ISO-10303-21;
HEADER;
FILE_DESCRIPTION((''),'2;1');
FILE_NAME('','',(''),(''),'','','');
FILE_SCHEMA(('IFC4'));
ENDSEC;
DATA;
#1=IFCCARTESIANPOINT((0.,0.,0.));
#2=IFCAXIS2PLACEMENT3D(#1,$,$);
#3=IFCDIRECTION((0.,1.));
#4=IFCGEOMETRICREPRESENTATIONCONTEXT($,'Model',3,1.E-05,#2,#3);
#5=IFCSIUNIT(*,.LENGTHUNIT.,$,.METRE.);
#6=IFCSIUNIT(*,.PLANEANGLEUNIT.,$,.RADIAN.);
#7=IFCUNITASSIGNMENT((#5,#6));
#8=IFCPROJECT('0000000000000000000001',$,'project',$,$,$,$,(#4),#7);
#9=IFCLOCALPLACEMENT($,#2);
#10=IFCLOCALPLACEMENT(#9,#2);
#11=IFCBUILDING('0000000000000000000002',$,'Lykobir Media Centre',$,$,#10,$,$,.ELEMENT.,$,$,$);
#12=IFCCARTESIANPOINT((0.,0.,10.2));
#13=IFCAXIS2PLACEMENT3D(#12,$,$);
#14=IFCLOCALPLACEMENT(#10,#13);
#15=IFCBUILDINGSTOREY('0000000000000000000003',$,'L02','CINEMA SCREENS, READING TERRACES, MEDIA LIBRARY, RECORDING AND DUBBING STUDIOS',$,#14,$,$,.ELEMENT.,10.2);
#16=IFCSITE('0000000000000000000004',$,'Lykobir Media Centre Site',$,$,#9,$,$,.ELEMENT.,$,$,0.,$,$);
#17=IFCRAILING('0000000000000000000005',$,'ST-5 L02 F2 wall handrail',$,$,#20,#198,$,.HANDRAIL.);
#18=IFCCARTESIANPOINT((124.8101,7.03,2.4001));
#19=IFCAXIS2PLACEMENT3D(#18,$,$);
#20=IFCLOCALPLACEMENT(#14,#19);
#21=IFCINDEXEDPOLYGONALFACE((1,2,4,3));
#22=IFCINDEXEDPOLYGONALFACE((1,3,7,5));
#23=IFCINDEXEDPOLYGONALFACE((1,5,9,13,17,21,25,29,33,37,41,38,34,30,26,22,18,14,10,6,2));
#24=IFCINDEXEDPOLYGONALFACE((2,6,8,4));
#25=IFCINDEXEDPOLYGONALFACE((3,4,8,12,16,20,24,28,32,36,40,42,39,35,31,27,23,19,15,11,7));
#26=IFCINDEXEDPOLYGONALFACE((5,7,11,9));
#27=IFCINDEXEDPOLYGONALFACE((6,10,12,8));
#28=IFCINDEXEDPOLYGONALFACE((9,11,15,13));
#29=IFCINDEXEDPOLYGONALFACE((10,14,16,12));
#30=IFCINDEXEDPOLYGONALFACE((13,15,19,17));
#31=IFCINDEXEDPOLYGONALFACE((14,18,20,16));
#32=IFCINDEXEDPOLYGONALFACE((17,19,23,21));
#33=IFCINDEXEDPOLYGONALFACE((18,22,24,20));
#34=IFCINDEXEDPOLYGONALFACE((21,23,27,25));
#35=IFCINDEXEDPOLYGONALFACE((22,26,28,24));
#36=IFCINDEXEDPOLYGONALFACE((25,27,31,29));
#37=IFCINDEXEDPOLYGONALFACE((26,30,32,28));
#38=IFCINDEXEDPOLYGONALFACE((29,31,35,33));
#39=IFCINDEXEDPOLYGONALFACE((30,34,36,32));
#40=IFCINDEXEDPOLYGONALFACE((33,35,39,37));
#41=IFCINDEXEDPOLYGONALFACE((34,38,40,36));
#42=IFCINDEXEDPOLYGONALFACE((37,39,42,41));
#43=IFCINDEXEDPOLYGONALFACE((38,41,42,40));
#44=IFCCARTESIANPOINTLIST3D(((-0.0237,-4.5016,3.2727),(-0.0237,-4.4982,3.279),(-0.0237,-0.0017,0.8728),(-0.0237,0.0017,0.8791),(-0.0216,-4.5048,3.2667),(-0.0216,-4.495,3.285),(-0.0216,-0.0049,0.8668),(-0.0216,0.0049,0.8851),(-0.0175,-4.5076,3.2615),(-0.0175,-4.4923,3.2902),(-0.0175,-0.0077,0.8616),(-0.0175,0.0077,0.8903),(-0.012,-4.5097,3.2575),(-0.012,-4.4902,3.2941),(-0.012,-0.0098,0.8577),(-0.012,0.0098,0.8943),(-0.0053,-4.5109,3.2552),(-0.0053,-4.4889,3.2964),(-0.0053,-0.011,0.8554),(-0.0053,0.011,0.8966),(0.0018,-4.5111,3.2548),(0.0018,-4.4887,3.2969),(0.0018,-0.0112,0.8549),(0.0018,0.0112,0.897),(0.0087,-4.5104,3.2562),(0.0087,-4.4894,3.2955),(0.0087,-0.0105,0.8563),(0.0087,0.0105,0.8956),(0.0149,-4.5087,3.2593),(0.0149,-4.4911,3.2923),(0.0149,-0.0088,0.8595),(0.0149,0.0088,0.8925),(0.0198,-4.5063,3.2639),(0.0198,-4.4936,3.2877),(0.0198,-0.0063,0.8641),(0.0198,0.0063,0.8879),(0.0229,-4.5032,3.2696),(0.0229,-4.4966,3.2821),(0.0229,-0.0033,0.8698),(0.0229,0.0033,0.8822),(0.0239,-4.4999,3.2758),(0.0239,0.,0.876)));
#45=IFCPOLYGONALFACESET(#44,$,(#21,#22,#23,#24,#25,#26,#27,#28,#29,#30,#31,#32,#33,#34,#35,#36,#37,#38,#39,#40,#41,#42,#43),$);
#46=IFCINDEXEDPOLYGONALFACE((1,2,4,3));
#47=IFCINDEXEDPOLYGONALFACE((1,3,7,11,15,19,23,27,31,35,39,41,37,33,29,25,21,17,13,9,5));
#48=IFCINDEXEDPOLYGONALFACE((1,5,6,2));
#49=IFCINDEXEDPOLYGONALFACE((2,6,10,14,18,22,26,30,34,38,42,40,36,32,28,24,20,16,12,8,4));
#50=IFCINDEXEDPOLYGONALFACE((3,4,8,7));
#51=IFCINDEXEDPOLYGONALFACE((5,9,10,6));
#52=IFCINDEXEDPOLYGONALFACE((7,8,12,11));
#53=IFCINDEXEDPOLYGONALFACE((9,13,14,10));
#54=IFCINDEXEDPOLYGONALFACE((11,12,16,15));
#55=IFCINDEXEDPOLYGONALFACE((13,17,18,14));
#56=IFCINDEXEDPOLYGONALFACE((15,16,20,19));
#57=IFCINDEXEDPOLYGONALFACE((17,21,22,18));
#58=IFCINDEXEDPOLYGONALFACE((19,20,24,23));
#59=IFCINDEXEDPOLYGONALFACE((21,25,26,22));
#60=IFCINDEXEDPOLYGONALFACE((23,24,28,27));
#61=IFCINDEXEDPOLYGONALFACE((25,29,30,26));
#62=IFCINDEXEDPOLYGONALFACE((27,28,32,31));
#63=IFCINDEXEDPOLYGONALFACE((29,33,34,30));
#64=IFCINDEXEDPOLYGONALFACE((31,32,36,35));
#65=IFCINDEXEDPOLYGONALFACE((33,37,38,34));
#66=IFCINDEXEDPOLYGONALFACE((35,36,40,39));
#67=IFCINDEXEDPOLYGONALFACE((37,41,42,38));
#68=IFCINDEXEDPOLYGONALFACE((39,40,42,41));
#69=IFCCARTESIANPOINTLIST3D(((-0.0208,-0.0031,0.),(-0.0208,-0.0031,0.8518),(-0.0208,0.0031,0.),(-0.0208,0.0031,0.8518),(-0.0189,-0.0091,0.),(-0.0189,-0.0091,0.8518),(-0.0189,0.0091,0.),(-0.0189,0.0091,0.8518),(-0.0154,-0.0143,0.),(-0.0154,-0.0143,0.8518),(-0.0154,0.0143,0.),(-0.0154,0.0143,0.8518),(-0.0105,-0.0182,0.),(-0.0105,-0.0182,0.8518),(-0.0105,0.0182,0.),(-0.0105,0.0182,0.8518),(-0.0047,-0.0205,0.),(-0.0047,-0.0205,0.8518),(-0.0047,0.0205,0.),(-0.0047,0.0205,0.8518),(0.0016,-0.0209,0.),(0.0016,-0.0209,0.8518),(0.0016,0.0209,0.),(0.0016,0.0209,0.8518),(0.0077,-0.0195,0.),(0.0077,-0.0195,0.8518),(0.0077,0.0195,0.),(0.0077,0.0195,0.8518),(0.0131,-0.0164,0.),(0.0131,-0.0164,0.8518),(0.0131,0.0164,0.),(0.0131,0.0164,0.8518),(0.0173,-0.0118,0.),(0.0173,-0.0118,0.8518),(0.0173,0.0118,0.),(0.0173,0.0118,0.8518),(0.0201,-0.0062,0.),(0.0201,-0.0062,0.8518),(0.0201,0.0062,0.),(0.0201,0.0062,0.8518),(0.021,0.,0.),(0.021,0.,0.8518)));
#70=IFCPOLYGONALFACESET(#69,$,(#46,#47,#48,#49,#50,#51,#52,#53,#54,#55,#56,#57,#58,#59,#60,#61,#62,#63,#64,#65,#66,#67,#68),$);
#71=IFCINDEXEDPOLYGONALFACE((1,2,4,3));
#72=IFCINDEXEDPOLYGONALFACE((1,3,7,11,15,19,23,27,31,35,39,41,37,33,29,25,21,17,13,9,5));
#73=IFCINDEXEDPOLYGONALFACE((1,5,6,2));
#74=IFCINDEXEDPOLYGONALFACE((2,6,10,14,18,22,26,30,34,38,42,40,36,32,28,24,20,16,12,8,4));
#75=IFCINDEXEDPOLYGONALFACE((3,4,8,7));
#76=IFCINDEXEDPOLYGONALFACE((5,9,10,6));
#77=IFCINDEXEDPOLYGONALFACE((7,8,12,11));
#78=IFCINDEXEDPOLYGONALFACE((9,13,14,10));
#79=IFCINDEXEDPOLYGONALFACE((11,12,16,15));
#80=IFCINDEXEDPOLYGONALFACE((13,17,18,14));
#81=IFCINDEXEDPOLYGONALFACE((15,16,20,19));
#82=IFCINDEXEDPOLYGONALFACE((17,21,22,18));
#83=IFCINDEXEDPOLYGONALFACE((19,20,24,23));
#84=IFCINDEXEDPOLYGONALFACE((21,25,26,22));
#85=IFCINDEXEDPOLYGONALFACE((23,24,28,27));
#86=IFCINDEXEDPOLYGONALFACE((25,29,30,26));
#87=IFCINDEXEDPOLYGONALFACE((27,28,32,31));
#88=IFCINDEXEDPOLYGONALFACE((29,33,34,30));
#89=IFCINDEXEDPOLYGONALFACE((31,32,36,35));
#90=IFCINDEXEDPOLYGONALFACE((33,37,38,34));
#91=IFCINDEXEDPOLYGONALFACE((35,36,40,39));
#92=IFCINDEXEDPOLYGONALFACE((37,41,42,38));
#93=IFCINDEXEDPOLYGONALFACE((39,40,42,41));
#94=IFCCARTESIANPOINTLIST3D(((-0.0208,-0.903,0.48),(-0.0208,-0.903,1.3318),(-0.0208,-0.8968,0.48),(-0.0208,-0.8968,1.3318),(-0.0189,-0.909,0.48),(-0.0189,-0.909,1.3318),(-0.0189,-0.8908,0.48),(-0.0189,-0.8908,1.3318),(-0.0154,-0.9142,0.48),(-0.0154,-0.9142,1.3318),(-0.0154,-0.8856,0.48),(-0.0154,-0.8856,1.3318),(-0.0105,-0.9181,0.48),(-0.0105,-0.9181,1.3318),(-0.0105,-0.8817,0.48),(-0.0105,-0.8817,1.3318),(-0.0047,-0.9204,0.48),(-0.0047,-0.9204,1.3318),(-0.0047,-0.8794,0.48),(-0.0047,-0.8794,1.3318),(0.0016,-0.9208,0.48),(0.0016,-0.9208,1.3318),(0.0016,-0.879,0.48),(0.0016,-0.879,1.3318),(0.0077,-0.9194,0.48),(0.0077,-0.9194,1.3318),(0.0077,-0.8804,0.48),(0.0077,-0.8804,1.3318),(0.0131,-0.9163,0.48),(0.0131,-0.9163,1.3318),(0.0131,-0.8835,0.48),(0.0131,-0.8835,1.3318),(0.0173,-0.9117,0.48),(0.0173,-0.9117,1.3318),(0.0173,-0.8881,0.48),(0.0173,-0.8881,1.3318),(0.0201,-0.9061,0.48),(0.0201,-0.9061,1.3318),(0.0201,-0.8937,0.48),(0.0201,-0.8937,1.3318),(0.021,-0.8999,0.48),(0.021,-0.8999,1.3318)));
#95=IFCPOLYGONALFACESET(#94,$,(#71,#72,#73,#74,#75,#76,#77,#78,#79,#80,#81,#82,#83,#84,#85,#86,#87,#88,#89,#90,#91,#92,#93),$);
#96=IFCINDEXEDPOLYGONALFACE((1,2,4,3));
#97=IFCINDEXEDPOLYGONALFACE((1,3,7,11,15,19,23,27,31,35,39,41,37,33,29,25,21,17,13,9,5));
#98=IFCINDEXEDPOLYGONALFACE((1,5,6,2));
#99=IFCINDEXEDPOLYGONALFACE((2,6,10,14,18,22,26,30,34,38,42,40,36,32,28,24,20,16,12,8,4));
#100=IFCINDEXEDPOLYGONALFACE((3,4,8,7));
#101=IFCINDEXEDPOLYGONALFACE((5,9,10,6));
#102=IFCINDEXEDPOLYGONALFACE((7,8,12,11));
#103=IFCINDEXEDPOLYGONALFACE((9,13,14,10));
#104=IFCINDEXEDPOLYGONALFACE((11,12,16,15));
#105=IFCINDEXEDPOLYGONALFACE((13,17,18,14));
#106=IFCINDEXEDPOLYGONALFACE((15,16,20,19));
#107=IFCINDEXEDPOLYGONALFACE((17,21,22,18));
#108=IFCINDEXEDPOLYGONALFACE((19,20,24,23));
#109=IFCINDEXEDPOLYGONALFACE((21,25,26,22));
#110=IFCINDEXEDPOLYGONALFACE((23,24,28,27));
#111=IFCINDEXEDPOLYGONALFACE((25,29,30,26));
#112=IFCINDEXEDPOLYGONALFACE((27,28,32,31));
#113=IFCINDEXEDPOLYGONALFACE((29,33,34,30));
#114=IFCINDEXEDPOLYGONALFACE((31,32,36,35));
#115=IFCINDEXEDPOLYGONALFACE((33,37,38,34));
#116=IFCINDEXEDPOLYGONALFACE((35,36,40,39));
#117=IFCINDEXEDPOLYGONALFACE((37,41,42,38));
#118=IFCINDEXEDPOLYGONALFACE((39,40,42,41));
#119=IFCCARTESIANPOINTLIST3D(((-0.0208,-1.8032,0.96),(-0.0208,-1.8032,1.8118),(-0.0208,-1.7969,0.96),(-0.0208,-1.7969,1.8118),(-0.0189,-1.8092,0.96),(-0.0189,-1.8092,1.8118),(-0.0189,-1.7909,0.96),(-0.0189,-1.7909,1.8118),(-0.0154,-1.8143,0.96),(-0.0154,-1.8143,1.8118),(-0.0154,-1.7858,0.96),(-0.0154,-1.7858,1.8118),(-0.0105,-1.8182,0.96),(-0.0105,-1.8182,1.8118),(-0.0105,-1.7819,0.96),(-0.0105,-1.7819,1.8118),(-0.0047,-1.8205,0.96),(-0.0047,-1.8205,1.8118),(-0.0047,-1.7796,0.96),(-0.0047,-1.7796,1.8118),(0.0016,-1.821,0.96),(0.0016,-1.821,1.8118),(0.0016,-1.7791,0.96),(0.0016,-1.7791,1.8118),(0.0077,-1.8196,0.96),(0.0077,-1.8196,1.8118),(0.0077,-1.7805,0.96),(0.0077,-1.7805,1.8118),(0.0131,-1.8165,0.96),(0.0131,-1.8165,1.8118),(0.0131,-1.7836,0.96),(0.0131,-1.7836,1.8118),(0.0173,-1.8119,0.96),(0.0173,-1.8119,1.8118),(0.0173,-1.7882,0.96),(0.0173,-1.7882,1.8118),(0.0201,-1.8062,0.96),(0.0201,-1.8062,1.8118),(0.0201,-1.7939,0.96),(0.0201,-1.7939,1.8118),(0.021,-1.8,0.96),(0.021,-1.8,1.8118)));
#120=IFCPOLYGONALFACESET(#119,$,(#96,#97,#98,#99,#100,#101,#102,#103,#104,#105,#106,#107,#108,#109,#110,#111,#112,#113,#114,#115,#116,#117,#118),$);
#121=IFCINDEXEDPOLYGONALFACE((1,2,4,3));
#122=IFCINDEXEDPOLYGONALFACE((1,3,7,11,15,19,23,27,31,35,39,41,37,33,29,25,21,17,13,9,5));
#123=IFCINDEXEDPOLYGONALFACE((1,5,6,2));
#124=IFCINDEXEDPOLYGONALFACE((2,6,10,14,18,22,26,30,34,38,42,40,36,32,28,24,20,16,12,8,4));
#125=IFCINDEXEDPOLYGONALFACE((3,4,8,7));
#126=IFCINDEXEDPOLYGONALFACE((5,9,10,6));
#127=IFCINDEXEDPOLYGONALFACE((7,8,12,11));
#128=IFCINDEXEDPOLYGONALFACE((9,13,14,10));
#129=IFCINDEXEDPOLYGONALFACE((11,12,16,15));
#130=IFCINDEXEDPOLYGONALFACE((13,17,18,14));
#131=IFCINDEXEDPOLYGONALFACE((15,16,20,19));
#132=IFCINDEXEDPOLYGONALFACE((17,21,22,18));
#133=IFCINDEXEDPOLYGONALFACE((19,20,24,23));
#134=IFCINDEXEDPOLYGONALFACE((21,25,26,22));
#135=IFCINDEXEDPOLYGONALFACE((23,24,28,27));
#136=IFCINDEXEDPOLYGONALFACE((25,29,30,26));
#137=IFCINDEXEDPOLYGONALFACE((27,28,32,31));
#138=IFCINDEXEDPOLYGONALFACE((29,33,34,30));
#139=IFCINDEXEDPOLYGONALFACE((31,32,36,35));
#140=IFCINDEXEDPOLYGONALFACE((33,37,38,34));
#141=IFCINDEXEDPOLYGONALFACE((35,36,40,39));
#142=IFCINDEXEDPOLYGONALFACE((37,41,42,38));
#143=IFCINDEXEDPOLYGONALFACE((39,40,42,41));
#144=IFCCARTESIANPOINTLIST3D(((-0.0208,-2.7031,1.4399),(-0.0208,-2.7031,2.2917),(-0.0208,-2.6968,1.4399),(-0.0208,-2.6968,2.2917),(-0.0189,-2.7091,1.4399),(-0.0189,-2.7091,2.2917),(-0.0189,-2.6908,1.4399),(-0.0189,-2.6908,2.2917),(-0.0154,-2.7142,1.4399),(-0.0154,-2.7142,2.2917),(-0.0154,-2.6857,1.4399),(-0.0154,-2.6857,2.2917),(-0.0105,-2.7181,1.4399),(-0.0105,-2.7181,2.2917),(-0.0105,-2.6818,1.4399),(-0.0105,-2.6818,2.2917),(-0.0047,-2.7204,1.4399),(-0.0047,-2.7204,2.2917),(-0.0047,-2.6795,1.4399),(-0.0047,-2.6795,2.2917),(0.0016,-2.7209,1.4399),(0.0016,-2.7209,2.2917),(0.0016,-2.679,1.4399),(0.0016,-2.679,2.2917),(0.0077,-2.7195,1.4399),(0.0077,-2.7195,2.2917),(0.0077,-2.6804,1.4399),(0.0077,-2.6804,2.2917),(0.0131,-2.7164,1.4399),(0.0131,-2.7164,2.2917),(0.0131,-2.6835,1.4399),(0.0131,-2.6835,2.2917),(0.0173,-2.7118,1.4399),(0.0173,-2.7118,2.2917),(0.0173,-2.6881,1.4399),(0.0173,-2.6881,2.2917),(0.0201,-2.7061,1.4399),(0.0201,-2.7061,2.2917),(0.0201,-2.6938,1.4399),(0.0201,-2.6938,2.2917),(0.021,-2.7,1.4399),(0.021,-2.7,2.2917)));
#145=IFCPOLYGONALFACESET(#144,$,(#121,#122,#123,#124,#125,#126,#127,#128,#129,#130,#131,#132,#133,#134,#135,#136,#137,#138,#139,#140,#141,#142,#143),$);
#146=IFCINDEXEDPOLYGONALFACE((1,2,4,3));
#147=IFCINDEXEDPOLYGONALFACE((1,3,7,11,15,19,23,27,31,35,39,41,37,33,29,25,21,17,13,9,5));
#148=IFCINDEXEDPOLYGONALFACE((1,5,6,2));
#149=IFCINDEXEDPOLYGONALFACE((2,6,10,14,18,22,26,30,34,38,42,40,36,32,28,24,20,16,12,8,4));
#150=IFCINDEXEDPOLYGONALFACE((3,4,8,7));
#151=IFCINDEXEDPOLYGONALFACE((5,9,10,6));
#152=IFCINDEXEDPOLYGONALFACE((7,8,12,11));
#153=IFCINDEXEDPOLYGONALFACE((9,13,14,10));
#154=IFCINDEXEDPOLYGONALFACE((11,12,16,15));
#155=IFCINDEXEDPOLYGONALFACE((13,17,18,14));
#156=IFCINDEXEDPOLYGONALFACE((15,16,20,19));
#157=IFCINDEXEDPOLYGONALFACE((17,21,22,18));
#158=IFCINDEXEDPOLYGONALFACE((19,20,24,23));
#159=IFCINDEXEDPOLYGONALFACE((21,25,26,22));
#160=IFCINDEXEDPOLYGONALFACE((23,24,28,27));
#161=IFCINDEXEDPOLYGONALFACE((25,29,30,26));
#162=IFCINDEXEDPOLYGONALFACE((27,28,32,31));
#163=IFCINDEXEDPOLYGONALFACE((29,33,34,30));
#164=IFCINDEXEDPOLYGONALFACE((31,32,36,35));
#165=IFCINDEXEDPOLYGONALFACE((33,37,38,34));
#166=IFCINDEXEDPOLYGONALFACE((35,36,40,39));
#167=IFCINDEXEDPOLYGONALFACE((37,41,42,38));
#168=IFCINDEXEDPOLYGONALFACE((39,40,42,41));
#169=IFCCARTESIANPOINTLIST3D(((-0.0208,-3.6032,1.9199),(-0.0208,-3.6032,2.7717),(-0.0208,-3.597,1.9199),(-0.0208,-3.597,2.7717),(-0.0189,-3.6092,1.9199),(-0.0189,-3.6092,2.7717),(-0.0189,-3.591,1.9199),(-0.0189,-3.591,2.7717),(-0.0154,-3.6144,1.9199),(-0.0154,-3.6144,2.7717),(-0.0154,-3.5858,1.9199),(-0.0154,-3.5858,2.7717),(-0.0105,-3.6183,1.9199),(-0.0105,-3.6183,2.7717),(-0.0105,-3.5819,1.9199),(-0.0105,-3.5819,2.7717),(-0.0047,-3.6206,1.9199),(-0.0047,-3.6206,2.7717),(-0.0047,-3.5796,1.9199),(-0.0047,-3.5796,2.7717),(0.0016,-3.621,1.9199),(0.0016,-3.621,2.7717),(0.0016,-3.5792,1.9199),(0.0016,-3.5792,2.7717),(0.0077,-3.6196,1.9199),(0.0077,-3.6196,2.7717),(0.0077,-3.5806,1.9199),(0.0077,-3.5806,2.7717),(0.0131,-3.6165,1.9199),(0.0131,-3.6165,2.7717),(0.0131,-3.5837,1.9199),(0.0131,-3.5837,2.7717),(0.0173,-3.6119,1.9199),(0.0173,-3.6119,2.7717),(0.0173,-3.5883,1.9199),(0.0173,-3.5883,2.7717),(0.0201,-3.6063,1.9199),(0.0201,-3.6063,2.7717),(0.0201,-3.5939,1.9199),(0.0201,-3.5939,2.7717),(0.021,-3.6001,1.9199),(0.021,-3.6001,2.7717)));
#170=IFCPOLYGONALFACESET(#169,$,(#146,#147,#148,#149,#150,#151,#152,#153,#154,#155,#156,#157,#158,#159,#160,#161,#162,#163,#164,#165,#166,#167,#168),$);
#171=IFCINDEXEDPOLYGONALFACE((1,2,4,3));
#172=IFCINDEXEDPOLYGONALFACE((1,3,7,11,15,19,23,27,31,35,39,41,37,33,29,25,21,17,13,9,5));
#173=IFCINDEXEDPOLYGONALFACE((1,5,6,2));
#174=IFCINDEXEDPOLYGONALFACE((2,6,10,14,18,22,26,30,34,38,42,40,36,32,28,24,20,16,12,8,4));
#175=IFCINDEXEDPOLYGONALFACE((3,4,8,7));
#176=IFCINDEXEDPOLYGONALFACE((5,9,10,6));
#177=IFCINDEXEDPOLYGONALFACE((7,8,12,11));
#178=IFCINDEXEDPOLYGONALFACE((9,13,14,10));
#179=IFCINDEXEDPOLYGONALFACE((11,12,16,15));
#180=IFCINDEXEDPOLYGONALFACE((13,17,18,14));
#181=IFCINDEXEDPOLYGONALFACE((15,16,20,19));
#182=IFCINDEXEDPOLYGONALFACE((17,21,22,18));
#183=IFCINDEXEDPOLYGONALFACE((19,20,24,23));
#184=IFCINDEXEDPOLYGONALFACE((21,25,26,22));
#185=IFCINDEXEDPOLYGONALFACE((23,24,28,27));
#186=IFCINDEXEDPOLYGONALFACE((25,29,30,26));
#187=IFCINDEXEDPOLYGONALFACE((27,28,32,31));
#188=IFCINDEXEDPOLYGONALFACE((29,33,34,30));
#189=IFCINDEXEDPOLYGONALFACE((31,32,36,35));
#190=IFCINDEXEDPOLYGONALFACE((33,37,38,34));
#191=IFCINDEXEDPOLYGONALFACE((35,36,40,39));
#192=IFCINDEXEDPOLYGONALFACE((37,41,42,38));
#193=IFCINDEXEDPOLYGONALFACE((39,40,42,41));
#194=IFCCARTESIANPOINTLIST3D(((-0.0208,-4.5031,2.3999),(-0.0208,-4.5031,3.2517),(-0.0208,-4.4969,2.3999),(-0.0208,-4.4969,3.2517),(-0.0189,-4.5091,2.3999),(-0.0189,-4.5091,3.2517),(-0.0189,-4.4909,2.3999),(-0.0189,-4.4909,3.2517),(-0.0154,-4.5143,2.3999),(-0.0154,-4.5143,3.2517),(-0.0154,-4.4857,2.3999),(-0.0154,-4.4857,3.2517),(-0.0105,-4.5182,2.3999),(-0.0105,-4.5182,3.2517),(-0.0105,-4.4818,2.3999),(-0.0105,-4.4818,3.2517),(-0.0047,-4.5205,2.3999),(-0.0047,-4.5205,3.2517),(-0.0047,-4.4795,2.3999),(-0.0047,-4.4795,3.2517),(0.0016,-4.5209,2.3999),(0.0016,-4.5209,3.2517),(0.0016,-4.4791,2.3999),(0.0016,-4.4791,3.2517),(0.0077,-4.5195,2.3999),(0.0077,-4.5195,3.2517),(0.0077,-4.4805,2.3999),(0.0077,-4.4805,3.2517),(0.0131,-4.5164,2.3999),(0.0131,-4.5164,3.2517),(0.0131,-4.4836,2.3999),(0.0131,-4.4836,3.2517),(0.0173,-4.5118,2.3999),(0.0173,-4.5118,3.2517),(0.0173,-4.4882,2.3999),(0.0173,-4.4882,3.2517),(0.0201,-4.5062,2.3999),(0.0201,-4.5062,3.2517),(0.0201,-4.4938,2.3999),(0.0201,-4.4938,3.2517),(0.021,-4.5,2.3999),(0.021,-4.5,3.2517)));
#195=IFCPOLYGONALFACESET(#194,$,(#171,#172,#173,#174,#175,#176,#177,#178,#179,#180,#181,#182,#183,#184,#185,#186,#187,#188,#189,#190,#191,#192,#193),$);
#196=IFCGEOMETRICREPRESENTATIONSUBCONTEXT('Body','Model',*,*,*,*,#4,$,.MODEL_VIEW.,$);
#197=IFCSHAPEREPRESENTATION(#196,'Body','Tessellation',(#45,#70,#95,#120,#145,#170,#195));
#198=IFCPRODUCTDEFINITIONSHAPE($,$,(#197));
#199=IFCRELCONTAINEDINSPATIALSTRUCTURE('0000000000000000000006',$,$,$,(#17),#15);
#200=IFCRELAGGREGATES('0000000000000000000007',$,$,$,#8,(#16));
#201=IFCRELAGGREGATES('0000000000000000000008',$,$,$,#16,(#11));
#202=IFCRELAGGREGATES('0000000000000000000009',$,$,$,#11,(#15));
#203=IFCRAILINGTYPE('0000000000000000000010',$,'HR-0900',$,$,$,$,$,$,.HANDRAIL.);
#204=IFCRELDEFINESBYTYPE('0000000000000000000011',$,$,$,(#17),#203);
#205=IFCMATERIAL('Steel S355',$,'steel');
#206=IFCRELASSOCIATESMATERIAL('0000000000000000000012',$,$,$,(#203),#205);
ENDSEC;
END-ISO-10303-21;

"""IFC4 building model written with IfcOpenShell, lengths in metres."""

from ifc_helpers import new_model, si_unit, direction, frame, origin, origin_2d, place, context, subcontext, project, spatial, circle, extrude, material, type_object, element, save


model = new_model("IFC4")

# Units and contexts
model_context = context("Model", 3, precision=1e-05, world=origin(), true_north=direction((0.0, 1.0)))
body_context = subcontext(model_context, "Body", "Model", "MODEL_VIEW")
ifc_project = project(units=[si_unit("LENGTHUNIT", "METRE"), si_unit("PLANEANGLEUNIT", "RADIAN")], contexts=[model_context])

# Site, building, storey
site_placement = place(None, origin())
site = spatial("IfcSite", under=ifc_project, at=site_placement, Name="Lykobir Media Centre Site", CompositionType="ELEMENT", RefElevation=0.0)
building_placement = place(site_placement, origin())
building = spatial("IfcBuilding", under=site, at=building_placement, Name="Lykobir Media Centre", CompositionType="ELEMENT")
storey_placement = place(building_placement, frame((0.0, 0.0, 10.2)))
storey = spatial("IfcBuildingStorey", under=building, at=storey_placement, Name="L02", Description="CINEMA SCREENS, READING TERRACES, MEDIA LIBRARY, RECORDING AND DUBBING STUDIOS", CompositionType="ELEMENT", Elevation=10.2)

# Shared definitions
ifc_material_1 = material(Name="Steel S355", Category="steel")

# Railing
railing_type_1 = type_object("IfcRailingType", Name="HR-0900", PredefinedType="HANDRAIL", material=ifc_material_1)
railing_1_placement = place(storey_placement, frame((124.8101, 7.03, 2.4001)))
element("IfcRailing", 1, at=railing_1_placement, inside=storey, type_object=railing_type_1, Name="ST-5 L02 F2 wall handrail", PredefinedType="HANDRAIL", context=body_context, shape_type="SweptSolid", body=[
    extrude(circle(Radius=0.0239, at=origin_2d()), frame((0.0, 0.0, 0.876), z_axis=(0.0, -0.882361, 0.470573), x_axis=(1.0, 0.0, 0.0)), (0.0, 0.0, 1.0), 5.0999),
    extrude(circle(Radius=0.021, at=origin_2d()), origin(), (0.0, 0.0, 1.0), 0.8518),
    extrude(circle(Radius=0.021, at=origin_2d()), frame((0.0, -0.8999, 0.48)), (0.0, 0.0, 1.0), 0.8518),
    extrude(circle(Radius=0.021, at=origin_2d()), frame((0.0, -1.8, 0.96)), (0.0, 0.0, 1.0), 0.8518),
    extrude(circle(Radius=0.021, at=origin_2d()), frame((0.0, -2.7, 1.4399)), (0.0, 0.0, 1.0), 0.8518),
    extrude(circle(Radius=0.021, at=origin_2d()), frame((0.0, -3.6001, 1.9199)), (0.0, 0.0, 1.0), 0.8518),
    extrude(circle(Radius=0.021, at=origin_2d()), frame((0.0, -4.5, 2.3999)), (0.0, 0.0, 1.0), 0.8518),
])

save(model, "model.ifc")
